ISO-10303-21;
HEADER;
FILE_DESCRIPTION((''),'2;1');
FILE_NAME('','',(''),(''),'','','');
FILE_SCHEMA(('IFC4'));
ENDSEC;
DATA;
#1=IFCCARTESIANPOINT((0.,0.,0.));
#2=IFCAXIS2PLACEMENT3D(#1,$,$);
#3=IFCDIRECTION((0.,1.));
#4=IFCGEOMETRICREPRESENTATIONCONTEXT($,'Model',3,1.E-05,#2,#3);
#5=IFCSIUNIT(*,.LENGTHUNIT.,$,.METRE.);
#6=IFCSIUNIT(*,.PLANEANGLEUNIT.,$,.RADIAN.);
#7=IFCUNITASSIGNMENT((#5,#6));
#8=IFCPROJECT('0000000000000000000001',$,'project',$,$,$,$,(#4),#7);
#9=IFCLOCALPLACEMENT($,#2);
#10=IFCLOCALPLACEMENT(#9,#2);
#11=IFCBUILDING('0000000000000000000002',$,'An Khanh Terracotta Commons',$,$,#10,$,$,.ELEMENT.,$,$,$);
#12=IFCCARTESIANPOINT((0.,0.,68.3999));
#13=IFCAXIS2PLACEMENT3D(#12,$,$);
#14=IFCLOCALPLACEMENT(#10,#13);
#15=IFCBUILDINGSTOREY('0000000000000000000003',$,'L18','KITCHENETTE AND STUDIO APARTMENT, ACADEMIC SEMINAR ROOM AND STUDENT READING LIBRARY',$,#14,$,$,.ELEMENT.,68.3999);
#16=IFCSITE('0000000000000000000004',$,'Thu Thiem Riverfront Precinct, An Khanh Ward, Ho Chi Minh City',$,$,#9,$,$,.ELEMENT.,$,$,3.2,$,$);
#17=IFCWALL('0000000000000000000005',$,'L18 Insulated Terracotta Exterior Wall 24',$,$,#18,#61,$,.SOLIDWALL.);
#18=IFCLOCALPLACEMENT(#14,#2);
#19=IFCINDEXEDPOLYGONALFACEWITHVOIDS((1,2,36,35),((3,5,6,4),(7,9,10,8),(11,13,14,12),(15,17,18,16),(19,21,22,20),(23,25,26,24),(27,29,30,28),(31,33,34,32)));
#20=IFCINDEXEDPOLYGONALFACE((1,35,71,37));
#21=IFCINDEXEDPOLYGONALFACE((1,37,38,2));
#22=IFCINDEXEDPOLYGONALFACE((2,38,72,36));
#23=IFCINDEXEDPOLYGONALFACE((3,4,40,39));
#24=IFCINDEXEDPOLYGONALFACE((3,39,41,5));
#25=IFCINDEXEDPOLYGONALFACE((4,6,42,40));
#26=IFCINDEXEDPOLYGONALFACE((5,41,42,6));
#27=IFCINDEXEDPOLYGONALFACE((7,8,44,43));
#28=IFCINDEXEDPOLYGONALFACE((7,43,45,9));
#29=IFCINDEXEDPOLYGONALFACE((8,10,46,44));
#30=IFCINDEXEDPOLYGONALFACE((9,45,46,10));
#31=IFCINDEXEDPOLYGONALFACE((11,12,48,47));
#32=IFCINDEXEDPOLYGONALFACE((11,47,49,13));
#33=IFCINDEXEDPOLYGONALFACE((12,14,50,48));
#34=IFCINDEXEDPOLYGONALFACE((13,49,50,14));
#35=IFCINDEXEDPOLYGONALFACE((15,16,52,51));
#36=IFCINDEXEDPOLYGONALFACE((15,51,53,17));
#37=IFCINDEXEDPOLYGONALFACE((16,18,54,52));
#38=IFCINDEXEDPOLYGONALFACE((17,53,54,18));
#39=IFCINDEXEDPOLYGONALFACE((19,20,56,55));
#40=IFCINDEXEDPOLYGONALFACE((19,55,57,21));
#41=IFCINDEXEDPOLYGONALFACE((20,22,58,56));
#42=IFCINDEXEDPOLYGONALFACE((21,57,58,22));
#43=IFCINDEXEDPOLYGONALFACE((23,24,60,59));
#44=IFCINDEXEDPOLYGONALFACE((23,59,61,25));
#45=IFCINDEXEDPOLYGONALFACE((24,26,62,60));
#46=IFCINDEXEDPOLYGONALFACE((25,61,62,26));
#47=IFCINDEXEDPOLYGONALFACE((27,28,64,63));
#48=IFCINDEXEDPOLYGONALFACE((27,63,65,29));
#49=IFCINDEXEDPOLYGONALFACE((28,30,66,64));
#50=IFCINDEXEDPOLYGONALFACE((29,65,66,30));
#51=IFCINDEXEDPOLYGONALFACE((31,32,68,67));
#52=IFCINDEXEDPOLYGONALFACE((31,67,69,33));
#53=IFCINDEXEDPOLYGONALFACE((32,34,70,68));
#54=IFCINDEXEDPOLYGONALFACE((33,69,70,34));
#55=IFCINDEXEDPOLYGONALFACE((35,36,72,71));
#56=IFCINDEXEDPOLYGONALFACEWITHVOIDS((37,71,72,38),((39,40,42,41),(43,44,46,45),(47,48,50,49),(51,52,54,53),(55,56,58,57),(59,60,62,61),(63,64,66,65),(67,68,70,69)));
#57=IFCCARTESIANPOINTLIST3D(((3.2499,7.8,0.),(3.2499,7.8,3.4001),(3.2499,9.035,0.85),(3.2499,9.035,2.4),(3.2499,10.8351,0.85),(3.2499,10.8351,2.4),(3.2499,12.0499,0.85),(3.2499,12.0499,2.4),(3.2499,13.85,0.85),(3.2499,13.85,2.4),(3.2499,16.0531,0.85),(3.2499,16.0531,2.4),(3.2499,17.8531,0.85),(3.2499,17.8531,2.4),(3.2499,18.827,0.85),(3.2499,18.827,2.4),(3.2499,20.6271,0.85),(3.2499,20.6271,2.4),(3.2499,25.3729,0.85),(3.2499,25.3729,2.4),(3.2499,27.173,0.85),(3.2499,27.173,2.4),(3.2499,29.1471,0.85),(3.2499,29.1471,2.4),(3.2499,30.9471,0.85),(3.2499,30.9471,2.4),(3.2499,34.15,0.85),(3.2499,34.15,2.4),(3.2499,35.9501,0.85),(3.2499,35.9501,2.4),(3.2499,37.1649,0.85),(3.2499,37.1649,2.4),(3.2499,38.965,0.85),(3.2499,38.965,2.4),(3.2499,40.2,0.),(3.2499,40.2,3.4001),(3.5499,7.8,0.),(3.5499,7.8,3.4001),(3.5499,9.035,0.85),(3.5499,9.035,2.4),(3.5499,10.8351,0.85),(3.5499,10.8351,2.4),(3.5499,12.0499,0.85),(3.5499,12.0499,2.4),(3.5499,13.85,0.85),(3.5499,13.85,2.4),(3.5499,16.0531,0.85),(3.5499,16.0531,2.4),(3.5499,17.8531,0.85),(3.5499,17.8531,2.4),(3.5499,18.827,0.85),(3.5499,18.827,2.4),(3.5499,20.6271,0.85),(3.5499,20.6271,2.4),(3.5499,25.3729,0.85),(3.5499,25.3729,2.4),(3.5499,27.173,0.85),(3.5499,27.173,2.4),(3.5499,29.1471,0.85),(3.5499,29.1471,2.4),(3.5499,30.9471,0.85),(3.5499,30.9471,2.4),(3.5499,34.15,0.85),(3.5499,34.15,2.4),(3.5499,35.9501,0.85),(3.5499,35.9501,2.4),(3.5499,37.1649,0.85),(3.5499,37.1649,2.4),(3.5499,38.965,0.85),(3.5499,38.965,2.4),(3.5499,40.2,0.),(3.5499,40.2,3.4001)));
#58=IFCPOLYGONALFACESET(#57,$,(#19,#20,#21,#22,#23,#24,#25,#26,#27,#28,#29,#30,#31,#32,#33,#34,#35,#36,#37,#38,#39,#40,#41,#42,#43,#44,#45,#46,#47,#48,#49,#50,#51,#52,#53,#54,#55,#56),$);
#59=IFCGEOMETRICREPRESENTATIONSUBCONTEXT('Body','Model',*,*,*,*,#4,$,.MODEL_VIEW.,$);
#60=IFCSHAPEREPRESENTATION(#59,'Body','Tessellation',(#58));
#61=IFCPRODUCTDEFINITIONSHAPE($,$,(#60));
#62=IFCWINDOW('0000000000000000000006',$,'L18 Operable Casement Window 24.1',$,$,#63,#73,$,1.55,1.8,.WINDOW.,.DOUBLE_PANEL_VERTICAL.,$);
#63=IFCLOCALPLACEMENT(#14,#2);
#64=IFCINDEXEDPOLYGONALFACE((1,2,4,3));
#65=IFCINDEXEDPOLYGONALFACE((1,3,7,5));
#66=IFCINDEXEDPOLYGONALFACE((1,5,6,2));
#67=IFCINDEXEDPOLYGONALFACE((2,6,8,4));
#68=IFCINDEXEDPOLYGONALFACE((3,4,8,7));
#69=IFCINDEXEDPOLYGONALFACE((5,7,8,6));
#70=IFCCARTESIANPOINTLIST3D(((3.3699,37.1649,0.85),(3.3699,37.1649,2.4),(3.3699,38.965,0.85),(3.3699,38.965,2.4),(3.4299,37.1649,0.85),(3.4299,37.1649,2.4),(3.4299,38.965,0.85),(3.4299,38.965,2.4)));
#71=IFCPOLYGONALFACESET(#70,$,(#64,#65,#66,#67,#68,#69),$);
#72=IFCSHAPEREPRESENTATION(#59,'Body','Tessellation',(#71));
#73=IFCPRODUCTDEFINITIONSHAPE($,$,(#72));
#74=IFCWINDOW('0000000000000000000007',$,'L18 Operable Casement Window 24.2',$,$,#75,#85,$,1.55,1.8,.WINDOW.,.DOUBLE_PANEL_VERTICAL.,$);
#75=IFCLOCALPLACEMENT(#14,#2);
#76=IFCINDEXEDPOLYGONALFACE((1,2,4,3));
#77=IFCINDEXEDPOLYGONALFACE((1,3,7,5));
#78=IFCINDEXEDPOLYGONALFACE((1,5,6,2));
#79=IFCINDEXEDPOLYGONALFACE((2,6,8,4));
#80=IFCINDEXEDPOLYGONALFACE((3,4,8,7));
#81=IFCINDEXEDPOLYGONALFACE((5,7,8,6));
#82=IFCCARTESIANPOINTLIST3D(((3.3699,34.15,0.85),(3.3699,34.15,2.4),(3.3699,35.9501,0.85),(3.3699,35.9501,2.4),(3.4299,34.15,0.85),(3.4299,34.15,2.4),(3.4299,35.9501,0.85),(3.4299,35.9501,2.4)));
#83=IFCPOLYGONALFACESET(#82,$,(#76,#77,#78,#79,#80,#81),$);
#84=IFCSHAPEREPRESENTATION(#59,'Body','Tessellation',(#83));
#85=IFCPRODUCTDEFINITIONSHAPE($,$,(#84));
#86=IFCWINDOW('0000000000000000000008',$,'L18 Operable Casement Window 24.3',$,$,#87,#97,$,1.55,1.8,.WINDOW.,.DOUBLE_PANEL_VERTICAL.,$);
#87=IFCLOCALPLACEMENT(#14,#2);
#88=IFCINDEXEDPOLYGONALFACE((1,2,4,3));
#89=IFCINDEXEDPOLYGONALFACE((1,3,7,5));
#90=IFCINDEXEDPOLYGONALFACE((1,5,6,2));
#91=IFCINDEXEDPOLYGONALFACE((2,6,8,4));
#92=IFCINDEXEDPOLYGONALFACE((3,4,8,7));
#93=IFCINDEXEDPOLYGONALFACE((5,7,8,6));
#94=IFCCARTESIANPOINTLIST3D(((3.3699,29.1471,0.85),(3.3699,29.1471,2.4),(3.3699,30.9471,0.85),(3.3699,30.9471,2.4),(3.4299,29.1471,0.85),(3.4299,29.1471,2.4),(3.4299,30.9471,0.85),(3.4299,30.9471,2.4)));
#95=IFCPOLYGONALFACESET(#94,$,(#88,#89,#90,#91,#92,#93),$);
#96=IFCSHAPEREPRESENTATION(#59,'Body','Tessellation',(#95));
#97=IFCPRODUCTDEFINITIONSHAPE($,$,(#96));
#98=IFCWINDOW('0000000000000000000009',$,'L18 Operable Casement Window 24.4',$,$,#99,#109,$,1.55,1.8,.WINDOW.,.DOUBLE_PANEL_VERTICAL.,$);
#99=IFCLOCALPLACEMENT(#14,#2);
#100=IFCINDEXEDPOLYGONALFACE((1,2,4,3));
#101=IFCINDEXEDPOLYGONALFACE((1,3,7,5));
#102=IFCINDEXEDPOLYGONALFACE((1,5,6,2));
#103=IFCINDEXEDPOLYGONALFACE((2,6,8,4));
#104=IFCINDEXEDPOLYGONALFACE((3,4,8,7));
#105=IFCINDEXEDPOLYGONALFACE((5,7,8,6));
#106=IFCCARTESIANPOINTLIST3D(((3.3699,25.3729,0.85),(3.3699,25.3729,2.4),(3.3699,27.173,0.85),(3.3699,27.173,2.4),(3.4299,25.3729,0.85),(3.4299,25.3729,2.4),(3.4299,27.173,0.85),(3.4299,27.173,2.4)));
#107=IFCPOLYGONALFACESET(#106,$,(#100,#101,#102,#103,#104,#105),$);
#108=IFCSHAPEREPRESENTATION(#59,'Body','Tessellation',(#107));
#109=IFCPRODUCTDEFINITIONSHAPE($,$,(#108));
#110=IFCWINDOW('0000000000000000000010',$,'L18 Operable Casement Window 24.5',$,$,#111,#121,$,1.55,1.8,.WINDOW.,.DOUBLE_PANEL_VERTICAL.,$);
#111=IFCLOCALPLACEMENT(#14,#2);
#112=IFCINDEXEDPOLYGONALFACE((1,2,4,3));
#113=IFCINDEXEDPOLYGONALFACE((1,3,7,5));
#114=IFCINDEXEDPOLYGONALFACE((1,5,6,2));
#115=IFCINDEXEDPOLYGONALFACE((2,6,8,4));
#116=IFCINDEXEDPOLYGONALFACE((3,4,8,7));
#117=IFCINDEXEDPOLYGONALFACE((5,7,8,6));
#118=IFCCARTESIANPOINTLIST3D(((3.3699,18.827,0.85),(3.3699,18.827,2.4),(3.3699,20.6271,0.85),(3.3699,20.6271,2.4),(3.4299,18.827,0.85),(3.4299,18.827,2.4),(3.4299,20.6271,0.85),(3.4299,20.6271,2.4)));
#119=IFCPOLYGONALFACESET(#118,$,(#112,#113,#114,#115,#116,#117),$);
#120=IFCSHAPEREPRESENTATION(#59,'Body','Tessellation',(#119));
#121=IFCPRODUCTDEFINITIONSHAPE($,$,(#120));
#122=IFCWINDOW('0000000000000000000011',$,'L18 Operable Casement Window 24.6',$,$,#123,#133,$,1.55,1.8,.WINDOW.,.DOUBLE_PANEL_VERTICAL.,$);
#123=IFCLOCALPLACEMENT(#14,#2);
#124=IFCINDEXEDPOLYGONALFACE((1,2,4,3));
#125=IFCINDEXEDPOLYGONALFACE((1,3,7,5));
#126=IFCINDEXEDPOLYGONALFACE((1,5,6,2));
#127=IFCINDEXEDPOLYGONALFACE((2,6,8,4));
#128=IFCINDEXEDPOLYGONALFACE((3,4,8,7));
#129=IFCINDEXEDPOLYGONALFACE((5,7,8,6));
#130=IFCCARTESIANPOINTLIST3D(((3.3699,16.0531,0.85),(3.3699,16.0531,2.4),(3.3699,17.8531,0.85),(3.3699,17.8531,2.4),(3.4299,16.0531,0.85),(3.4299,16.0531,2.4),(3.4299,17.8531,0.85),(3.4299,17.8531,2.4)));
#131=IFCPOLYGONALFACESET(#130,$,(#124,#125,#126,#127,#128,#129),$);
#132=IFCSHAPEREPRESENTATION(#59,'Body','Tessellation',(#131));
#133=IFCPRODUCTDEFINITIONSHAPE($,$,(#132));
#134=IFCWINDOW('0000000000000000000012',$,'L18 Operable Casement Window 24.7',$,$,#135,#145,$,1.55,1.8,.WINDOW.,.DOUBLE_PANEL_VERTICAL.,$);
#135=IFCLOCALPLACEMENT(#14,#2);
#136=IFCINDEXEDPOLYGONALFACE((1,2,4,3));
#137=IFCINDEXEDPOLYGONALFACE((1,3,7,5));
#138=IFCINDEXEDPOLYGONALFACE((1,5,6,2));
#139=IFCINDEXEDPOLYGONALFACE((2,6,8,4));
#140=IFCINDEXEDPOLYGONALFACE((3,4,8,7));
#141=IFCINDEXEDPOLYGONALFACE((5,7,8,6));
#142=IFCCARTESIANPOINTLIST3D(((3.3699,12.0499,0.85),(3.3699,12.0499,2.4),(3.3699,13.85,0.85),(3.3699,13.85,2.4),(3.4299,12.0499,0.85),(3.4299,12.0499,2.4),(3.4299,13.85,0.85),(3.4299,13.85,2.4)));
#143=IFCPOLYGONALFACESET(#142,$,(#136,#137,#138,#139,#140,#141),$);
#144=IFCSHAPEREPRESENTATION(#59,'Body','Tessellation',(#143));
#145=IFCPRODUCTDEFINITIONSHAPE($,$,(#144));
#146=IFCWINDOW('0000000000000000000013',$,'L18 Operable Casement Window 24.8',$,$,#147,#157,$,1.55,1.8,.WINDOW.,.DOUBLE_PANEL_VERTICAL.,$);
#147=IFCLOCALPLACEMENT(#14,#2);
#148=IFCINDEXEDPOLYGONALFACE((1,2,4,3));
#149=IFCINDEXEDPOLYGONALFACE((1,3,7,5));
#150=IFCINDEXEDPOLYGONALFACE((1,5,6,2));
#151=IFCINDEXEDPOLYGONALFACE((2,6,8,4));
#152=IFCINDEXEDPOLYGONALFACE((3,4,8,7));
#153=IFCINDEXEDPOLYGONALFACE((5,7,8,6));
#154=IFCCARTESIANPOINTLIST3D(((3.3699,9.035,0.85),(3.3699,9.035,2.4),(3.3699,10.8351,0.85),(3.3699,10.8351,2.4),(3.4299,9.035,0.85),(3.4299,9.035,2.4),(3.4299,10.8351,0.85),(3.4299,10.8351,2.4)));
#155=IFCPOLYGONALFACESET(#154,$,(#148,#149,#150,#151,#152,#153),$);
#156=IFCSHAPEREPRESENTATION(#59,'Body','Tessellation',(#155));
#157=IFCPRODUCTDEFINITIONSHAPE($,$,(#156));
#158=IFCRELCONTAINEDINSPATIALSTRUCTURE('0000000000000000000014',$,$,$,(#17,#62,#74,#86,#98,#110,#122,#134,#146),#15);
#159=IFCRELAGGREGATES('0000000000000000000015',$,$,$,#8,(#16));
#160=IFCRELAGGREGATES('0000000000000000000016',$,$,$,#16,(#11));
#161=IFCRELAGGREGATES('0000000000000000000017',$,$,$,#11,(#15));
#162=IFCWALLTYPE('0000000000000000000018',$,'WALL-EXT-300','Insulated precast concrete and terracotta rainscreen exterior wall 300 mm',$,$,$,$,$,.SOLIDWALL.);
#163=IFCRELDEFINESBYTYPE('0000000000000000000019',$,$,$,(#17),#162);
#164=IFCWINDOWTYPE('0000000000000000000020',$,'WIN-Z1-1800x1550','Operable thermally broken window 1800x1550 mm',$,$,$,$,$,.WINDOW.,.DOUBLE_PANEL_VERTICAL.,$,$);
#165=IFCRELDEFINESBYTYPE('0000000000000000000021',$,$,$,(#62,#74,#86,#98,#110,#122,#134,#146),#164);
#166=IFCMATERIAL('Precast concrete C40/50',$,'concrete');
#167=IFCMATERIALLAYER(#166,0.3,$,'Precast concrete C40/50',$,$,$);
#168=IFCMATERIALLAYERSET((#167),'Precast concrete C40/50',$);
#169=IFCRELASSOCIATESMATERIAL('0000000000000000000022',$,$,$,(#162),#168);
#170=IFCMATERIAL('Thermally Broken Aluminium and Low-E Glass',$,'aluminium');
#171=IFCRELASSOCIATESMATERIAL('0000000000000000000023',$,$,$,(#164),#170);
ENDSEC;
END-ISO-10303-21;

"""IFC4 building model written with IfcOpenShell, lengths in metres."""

from ifc_helpers import new_model, si_unit, direction, frame, frame_2d, origin, place, context, subcontext, project, spatial, rectangle, extrude, material, layer, layer_set, type_object, element, fill, save


model = new_model("IFC4")

# Units and contexts
model_context = context("Model", 3, precision=1e-05, world=origin(), true_north=direction((0.0, 1.0)))
body_context = subcontext(model_context, "Body", "Model", "MODEL_VIEW")
ifc_project = project(units=[si_unit("LENGTHUNIT", "METRE"), si_unit("PLANEANGLEUNIT", "RADIAN")], contexts=[model_context])

# Site, building, storey
site_placement = place(None, origin())
site = spatial("IfcSite", under=ifc_project, at=site_placement, Name="Thu Thiem Riverfront Precinct, An Khanh Ward, Ho Chi Minh City", CompositionType="ELEMENT", RefElevation=3.2)
building_placement = place(site_placement, origin())
building = spatial("IfcBuilding", under=site, at=building_placement, Name="An Khanh Terracotta Commons", CompositionType="ELEMENT")
storey_placement = place(building_placement, frame((0.0, 0.0, 68.3999)))
storey = spatial("IfcBuildingStorey", under=building, at=storey_placement, Name="L18", Description="KITCHENETTE AND STUDIO APARTMENT, ACADEMIC SEMINAR ROOM AND STUDENT READING LIBRARY", CompositionType="ELEMENT", Elevation=68.3999)

# Shared definitions
ifc_material_1 = material(Name="Precast concrete C40/50", Category="concrete")
ifc_layer_1 = layer(ifc_material_1, 0.3, Name="Precast concrete C40/50")
ifc_layer_set_1 = layer_set([ifc_layer_1], Name="Precast concrete C40/50")
wall_type_1 = type_object("IfcWallType", Name="WALL-EXT-300", Description="Insulated precast concrete and terracotta rainscreen exterior wall 300 mm", PredefinedType="SOLIDWALL", material=ifc_layer_set_1)

# Wall, openings, windows
wall_1_placement = place(storey_placement, frame((3.3999, 40.2, 0.0), z_axis=(0.0, 0.0, 1.0), x_axis=(0.0, -1.0, 0.0)))
wall_1 = element("IfcWall", 1, at=wall_1_placement, inside=storey, type_object=wall_type_1, Name="L18 Insulated Terracotta Exterior Wall 24", PredefinedType="SOLIDWALL", context=body_context, shape_type="SweptSolid", body=[
    extrude(rectangle(XDim=32.3999, YDim=0.3, at=frame_2d((16.2, 0.0))), origin(), (0.0, 0.0, 1.0), 3.4001),
])
opening_1_placement = place(wall_1_placement, frame((1.2351, 0.0, 0.8501)))
opening_1 = element("IfcOpeningElement", 2, at=opening_1_placement, cuts=wall_1, PredefinedType="OPENING", context=body_context, shape_type="SweptSolid", body=[
    extrude(rectangle(XDim=1.8, YDim=1.55, at=frame_2d((0.8999, 0.7749))), frame((0.0, 0.1599, 0.0), z_axis=(0.0, -1.0, 0.0), x_axis=(1.0, 0.0, 0.0)), (0.0, 0.0, 1.0), 0.3201),
])
opening_2_placement = place(wall_1_placement, frame((4.25, 0.0, 0.8501)))
opening_2 = element("IfcOpeningElement", 3, at=opening_2_placement, cuts=wall_1, PredefinedType="OPENING", context=body_context, shape_type="SweptSolid", body=[
    extrude(rectangle(XDim=1.8, YDim=1.55, at=frame_2d((0.8999, 0.7749))), frame((0.0, 0.1599, 0.0), z_axis=(0.0, -1.0, 0.0), x_axis=(1.0, 0.0, 0.0)), (0.0, 0.0, 1.0), 0.3201),
])
opening_3_placement = place(wall_1_placement, frame((9.2529, 0.0, 0.8501)))
opening_3 = element("IfcOpeningElement", 4, at=opening_3_placement, cuts=wall_1, PredefinedType="OPENING", context=body_context, shape_type="SweptSolid", body=[
    extrude(rectangle(XDim=1.8, YDim=1.55, at=frame_2d((0.8999, 0.7749))), frame((0.0, 0.1599, 0.0), z_axis=(0.0, -1.0, 0.0), x_axis=(1.0, 0.0, 0.0)), (0.0, 0.0, 1.0), 0.3201),
])
opening_4_placement = place(wall_1_placement, frame((13.0271, 0.0, 0.8501)))
opening_4 = element("IfcOpeningElement", 5, at=opening_4_placement, cuts=wall_1, PredefinedType="OPENING", context=body_context, shape_type="SweptSolid", body=[
    extrude(rectangle(XDim=1.8, YDim=1.55, at=frame_2d((0.8999, 0.7749))), frame((0.0, 0.1599, 0.0), z_axis=(0.0, -1.0, 0.0), x_axis=(1.0, 0.0, 0.0)), (0.0, 0.0, 1.0), 0.3201),
])
opening_5_placement = place(wall_1_placement, frame((19.573, 0.0, 0.8501)))
opening_5 = element("IfcOpeningElement", 6, at=opening_5_placement, cuts=wall_1, PredefinedType="OPENING", context=body_context, shape_type="SweptSolid", body=[
    extrude(rectangle(XDim=1.8, YDim=1.55, at=frame_2d((0.8999, 0.7749))), frame((0.0, 0.1599, 0.0), z_axis=(0.0, -1.0, 0.0), x_axis=(1.0, 0.0, 0.0)), (0.0, 0.0, 1.0), 0.3201),
])
opening_6_placement = place(wall_1_placement, frame((22.3469, 0.0, 0.8501)))
opening_6 = element("IfcOpeningElement", 7, at=opening_6_placement, cuts=wall_1, PredefinedType="OPENING", context=body_context, shape_type="SweptSolid", body=[
    extrude(rectangle(XDim=1.8, YDim=1.55, at=frame_2d((0.8999, 0.7749))), frame((0.0, 0.1599, 0.0), z_axis=(0.0, -1.0, 0.0), x_axis=(1.0, 0.0, 0.0)), (0.0, 0.0, 1.0), 0.3201),
])
opening_7_placement = place(wall_1_placement, frame((26.3501, 0.0, 0.8501)))
opening_7 = element("IfcOpeningElement", 8, at=opening_7_placement, cuts=wall_1, PredefinedType="OPENING", context=body_context, shape_type="SweptSolid", body=[
    extrude(rectangle(XDim=1.8, YDim=1.55, at=frame_2d((0.8999, 0.7749))), frame((0.0, 0.1599, 0.0), z_axis=(0.0, -1.0, 0.0), x_axis=(1.0, 0.0, 0.0)), (0.0, 0.0, 1.0), 0.3201),
])
opening_8_placement = place(wall_1_placement, frame((29.365, 0.0, 0.8501)))
opening_8 = element("IfcOpeningElement", 9, at=opening_8_placement, cuts=wall_1, PredefinedType="OPENING", context=body_context, shape_type="SweptSolid", body=[
    extrude(rectangle(XDim=1.8, YDim=1.55, at=frame_2d((0.8999, 0.7749))), frame((0.0, 0.1599, 0.0), z_axis=(0.0, -1.0, 0.0), x_axis=(1.0, 0.0, 0.0)), (0.0, 0.0, 1.0), 0.3201),
])
ifc_material_2 = material(Name="Thermally Broken Aluminium and Low-E Glass", Category="aluminium")
window_type = type_object("IfcWindowType", Name="WIN-Z1-1800x1550", Description="Operable thermally broken window 1800x1550 mm", PartitioningType="DOUBLE_PANEL_VERTICAL", PredefinedType="WINDOW", material=ifc_material_2)
window_1_placement = place(opening_1_placement, origin())
window_1 = element("IfcWindow", 10, at=window_1_placement, inside=storey, type_object=window_type, Name="L18 Operable Casement Window 24.1", OverallHeight=1.55, OverallWidth=1.8, PartitioningType="DOUBLE_PANEL_VERTICAL", PredefinedType="WINDOW", context=body_context, shape_type="SweptSolid", body=[
    extrude(rectangle(XDim=1.8, YDim=1.55, at=frame_2d((0.8999, 0.7749))), frame((0.0, 0.03, 0.0), z_axis=(0.0, -1.0, 0.0), x_axis=(1.0, 0.0, 0.0)), (0.0, 0.0, 1.0), 0.0601),
])
fill(opening_1, window_1)
window_2_placement = place(opening_2_placement, origin())
window_2 = element("IfcWindow", 11, at=window_2_placement, inside=storey, type_object=window_type, Name="L18 Operable Casement Window 24.2", OverallHeight=1.55, OverallWidth=1.8, PartitioningType="DOUBLE_PANEL_VERTICAL", PredefinedType="WINDOW", context=body_context, shape_type="SweptSolid", body=[
    extrude(rectangle(XDim=1.8, YDim=1.55, at=frame_2d((0.8999, 0.7749))), frame((0.0, 0.03, 0.0), z_axis=(0.0, -1.0, 0.0), x_axis=(1.0, 0.0, 0.0)), (0.0, 0.0, 1.0), 0.0601),
])
fill(opening_2, window_2)
window_3_placement = place(opening_3_placement, origin())
window_3 = element("IfcWindow", 12, at=window_3_placement, inside=storey, type_object=window_type, Name="L18 Operable Casement Window 24.3", OverallHeight=1.55, OverallWidth=1.8, PartitioningType="DOUBLE_PANEL_VERTICAL", PredefinedType="WINDOW", context=body_context, shape_type="SweptSolid", body=[
    extrude(rectangle(XDim=1.8, YDim=1.55, at=frame_2d((0.8999, 0.7749))), frame((0.0, 0.03, 0.0), z_axis=(0.0, -1.0, 0.0), x_axis=(1.0, 0.0, 0.0)), (0.0, 0.0, 1.0), 0.0601),
])
fill(opening_3, window_3)
window_4_placement = place(opening_4_placement, origin())
window_4 = element("IfcWindow", 13, at=window_4_placement, inside=storey, type_object=window_type, Name="L18 Operable Casement Window 24.4", OverallHeight=1.55, OverallWidth=1.8, PartitioningType="DOUBLE_PANEL_VERTICAL", PredefinedType="WINDOW", context=body_context, shape_type="SweptSolid", body=[
    extrude(rectangle(XDim=1.8, YDim=1.55, at=frame_2d((0.8999, 0.7749))), frame((0.0, 0.03, 0.0), z_axis=(0.0, -1.0, 0.0), x_axis=(1.0, 0.0, 0.0)), (0.0, 0.0, 1.0), 0.0601),
])
fill(opening_4, window_4)
window_5_placement = place(opening_5_placement, origin())
window_5 = element("IfcWindow", 14, at=window_5_placement, inside=storey, type_object=window_type, Name="L18 Operable Casement Window 24.5", OverallHeight=1.55, OverallWidth=1.8, PartitioningType="DOUBLE_PANEL_VERTICAL", PredefinedType="WINDOW", context=body_context, shape_type="SweptSolid", body=[
    extrude(rectangle(XDim=1.8, YDim=1.55, at=frame_2d((0.8999, 0.7749))), frame((0.0, 0.03, 0.0), z_axis=(0.0, -1.0, 0.0), x_axis=(1.0, 0.0, 0.0)), (0.0, 0.0, 1.0), 0.0601),
])
fill(opening_5, window_5)
window_6_placement = place(opening_6_placement, origin())
window_6 = element("IfcWindow", 15, at=window_6_placement, inside=storey, type_object=window_type, Name="L18 Operable Casement Window 24.6", OverallHeight=1.55, OverallWidth=1.8, PartitioningType="DOUBLE_PANEL_VERTICAL", PredefinedType="WINDOW", context=body_context, shape_type="SweptSolid", body=[
    extrude(rectangle(XDim=1.8, YDim=1.55, at=frame_2d((0.8999, 0.7749))), frame((0.0, 0.03, 0.0), z_axis=(0.0, -1.0, 0.0), x_axis=(1.0, 0.0, 0.0)), (0.0, 0.0, 1.0), 0.0601),
])
fill(opening_6, window_6)
window_7_placement = place(opening_7_placement, origin())
window_7 = element("IfcWindow", 16, at=window_7_placement, inside=storey, type_object=window_type, Name="L18 Operable Casement Window 24.7", OverallHeight=1.55, OverallWidth=1.8, PartitioningType="DOUBLE_PANEL_VERTICAL", PredefinedType="WINDOW", context=body_context, shape_type="SweptSolid", body=[
    extrude(rectangle(XDim=1.8, YDim=1.55, at=frame_2d((0.8999, 0.7749))), frame((0.0, 0.03, 0.0), z_axis=(0.0, -1.0, 0.0), x_axis=(1.0, 0.0, 0.0)), (0.0, 0.0, 1.0), 0.0601),
])
fill(opening_7, window_7)
window_8_placement = place(opening_8_placement, origin())
window_8 = element("IfcWindow", 17, at=window_8_placement, inside=storey, type_object=window_type, Name="L18 Operable Casement Window 24.8", OverallHeight=1.55, OverallWidth=1.8, PartitioningType="DOUBLE_PANEL_VERTICAL", PredefinedType="WINDOW", context=body_context, shape_type="SweptSolid", body=[
    extrude(rectangle(XDim=1.8, YDim=1.55, at=frame_2d((0.8999, 0.7749))), frame((0.0, 0.03, 0.0), z_axis=(0.0, -1.0, 0.0), x_axis=(1.0, 0.0, 0.0)), (0.0, 0.0, 1.0), 0.0601),
])
fill(opening_8, window_8)

save(model, "model.ifc")
